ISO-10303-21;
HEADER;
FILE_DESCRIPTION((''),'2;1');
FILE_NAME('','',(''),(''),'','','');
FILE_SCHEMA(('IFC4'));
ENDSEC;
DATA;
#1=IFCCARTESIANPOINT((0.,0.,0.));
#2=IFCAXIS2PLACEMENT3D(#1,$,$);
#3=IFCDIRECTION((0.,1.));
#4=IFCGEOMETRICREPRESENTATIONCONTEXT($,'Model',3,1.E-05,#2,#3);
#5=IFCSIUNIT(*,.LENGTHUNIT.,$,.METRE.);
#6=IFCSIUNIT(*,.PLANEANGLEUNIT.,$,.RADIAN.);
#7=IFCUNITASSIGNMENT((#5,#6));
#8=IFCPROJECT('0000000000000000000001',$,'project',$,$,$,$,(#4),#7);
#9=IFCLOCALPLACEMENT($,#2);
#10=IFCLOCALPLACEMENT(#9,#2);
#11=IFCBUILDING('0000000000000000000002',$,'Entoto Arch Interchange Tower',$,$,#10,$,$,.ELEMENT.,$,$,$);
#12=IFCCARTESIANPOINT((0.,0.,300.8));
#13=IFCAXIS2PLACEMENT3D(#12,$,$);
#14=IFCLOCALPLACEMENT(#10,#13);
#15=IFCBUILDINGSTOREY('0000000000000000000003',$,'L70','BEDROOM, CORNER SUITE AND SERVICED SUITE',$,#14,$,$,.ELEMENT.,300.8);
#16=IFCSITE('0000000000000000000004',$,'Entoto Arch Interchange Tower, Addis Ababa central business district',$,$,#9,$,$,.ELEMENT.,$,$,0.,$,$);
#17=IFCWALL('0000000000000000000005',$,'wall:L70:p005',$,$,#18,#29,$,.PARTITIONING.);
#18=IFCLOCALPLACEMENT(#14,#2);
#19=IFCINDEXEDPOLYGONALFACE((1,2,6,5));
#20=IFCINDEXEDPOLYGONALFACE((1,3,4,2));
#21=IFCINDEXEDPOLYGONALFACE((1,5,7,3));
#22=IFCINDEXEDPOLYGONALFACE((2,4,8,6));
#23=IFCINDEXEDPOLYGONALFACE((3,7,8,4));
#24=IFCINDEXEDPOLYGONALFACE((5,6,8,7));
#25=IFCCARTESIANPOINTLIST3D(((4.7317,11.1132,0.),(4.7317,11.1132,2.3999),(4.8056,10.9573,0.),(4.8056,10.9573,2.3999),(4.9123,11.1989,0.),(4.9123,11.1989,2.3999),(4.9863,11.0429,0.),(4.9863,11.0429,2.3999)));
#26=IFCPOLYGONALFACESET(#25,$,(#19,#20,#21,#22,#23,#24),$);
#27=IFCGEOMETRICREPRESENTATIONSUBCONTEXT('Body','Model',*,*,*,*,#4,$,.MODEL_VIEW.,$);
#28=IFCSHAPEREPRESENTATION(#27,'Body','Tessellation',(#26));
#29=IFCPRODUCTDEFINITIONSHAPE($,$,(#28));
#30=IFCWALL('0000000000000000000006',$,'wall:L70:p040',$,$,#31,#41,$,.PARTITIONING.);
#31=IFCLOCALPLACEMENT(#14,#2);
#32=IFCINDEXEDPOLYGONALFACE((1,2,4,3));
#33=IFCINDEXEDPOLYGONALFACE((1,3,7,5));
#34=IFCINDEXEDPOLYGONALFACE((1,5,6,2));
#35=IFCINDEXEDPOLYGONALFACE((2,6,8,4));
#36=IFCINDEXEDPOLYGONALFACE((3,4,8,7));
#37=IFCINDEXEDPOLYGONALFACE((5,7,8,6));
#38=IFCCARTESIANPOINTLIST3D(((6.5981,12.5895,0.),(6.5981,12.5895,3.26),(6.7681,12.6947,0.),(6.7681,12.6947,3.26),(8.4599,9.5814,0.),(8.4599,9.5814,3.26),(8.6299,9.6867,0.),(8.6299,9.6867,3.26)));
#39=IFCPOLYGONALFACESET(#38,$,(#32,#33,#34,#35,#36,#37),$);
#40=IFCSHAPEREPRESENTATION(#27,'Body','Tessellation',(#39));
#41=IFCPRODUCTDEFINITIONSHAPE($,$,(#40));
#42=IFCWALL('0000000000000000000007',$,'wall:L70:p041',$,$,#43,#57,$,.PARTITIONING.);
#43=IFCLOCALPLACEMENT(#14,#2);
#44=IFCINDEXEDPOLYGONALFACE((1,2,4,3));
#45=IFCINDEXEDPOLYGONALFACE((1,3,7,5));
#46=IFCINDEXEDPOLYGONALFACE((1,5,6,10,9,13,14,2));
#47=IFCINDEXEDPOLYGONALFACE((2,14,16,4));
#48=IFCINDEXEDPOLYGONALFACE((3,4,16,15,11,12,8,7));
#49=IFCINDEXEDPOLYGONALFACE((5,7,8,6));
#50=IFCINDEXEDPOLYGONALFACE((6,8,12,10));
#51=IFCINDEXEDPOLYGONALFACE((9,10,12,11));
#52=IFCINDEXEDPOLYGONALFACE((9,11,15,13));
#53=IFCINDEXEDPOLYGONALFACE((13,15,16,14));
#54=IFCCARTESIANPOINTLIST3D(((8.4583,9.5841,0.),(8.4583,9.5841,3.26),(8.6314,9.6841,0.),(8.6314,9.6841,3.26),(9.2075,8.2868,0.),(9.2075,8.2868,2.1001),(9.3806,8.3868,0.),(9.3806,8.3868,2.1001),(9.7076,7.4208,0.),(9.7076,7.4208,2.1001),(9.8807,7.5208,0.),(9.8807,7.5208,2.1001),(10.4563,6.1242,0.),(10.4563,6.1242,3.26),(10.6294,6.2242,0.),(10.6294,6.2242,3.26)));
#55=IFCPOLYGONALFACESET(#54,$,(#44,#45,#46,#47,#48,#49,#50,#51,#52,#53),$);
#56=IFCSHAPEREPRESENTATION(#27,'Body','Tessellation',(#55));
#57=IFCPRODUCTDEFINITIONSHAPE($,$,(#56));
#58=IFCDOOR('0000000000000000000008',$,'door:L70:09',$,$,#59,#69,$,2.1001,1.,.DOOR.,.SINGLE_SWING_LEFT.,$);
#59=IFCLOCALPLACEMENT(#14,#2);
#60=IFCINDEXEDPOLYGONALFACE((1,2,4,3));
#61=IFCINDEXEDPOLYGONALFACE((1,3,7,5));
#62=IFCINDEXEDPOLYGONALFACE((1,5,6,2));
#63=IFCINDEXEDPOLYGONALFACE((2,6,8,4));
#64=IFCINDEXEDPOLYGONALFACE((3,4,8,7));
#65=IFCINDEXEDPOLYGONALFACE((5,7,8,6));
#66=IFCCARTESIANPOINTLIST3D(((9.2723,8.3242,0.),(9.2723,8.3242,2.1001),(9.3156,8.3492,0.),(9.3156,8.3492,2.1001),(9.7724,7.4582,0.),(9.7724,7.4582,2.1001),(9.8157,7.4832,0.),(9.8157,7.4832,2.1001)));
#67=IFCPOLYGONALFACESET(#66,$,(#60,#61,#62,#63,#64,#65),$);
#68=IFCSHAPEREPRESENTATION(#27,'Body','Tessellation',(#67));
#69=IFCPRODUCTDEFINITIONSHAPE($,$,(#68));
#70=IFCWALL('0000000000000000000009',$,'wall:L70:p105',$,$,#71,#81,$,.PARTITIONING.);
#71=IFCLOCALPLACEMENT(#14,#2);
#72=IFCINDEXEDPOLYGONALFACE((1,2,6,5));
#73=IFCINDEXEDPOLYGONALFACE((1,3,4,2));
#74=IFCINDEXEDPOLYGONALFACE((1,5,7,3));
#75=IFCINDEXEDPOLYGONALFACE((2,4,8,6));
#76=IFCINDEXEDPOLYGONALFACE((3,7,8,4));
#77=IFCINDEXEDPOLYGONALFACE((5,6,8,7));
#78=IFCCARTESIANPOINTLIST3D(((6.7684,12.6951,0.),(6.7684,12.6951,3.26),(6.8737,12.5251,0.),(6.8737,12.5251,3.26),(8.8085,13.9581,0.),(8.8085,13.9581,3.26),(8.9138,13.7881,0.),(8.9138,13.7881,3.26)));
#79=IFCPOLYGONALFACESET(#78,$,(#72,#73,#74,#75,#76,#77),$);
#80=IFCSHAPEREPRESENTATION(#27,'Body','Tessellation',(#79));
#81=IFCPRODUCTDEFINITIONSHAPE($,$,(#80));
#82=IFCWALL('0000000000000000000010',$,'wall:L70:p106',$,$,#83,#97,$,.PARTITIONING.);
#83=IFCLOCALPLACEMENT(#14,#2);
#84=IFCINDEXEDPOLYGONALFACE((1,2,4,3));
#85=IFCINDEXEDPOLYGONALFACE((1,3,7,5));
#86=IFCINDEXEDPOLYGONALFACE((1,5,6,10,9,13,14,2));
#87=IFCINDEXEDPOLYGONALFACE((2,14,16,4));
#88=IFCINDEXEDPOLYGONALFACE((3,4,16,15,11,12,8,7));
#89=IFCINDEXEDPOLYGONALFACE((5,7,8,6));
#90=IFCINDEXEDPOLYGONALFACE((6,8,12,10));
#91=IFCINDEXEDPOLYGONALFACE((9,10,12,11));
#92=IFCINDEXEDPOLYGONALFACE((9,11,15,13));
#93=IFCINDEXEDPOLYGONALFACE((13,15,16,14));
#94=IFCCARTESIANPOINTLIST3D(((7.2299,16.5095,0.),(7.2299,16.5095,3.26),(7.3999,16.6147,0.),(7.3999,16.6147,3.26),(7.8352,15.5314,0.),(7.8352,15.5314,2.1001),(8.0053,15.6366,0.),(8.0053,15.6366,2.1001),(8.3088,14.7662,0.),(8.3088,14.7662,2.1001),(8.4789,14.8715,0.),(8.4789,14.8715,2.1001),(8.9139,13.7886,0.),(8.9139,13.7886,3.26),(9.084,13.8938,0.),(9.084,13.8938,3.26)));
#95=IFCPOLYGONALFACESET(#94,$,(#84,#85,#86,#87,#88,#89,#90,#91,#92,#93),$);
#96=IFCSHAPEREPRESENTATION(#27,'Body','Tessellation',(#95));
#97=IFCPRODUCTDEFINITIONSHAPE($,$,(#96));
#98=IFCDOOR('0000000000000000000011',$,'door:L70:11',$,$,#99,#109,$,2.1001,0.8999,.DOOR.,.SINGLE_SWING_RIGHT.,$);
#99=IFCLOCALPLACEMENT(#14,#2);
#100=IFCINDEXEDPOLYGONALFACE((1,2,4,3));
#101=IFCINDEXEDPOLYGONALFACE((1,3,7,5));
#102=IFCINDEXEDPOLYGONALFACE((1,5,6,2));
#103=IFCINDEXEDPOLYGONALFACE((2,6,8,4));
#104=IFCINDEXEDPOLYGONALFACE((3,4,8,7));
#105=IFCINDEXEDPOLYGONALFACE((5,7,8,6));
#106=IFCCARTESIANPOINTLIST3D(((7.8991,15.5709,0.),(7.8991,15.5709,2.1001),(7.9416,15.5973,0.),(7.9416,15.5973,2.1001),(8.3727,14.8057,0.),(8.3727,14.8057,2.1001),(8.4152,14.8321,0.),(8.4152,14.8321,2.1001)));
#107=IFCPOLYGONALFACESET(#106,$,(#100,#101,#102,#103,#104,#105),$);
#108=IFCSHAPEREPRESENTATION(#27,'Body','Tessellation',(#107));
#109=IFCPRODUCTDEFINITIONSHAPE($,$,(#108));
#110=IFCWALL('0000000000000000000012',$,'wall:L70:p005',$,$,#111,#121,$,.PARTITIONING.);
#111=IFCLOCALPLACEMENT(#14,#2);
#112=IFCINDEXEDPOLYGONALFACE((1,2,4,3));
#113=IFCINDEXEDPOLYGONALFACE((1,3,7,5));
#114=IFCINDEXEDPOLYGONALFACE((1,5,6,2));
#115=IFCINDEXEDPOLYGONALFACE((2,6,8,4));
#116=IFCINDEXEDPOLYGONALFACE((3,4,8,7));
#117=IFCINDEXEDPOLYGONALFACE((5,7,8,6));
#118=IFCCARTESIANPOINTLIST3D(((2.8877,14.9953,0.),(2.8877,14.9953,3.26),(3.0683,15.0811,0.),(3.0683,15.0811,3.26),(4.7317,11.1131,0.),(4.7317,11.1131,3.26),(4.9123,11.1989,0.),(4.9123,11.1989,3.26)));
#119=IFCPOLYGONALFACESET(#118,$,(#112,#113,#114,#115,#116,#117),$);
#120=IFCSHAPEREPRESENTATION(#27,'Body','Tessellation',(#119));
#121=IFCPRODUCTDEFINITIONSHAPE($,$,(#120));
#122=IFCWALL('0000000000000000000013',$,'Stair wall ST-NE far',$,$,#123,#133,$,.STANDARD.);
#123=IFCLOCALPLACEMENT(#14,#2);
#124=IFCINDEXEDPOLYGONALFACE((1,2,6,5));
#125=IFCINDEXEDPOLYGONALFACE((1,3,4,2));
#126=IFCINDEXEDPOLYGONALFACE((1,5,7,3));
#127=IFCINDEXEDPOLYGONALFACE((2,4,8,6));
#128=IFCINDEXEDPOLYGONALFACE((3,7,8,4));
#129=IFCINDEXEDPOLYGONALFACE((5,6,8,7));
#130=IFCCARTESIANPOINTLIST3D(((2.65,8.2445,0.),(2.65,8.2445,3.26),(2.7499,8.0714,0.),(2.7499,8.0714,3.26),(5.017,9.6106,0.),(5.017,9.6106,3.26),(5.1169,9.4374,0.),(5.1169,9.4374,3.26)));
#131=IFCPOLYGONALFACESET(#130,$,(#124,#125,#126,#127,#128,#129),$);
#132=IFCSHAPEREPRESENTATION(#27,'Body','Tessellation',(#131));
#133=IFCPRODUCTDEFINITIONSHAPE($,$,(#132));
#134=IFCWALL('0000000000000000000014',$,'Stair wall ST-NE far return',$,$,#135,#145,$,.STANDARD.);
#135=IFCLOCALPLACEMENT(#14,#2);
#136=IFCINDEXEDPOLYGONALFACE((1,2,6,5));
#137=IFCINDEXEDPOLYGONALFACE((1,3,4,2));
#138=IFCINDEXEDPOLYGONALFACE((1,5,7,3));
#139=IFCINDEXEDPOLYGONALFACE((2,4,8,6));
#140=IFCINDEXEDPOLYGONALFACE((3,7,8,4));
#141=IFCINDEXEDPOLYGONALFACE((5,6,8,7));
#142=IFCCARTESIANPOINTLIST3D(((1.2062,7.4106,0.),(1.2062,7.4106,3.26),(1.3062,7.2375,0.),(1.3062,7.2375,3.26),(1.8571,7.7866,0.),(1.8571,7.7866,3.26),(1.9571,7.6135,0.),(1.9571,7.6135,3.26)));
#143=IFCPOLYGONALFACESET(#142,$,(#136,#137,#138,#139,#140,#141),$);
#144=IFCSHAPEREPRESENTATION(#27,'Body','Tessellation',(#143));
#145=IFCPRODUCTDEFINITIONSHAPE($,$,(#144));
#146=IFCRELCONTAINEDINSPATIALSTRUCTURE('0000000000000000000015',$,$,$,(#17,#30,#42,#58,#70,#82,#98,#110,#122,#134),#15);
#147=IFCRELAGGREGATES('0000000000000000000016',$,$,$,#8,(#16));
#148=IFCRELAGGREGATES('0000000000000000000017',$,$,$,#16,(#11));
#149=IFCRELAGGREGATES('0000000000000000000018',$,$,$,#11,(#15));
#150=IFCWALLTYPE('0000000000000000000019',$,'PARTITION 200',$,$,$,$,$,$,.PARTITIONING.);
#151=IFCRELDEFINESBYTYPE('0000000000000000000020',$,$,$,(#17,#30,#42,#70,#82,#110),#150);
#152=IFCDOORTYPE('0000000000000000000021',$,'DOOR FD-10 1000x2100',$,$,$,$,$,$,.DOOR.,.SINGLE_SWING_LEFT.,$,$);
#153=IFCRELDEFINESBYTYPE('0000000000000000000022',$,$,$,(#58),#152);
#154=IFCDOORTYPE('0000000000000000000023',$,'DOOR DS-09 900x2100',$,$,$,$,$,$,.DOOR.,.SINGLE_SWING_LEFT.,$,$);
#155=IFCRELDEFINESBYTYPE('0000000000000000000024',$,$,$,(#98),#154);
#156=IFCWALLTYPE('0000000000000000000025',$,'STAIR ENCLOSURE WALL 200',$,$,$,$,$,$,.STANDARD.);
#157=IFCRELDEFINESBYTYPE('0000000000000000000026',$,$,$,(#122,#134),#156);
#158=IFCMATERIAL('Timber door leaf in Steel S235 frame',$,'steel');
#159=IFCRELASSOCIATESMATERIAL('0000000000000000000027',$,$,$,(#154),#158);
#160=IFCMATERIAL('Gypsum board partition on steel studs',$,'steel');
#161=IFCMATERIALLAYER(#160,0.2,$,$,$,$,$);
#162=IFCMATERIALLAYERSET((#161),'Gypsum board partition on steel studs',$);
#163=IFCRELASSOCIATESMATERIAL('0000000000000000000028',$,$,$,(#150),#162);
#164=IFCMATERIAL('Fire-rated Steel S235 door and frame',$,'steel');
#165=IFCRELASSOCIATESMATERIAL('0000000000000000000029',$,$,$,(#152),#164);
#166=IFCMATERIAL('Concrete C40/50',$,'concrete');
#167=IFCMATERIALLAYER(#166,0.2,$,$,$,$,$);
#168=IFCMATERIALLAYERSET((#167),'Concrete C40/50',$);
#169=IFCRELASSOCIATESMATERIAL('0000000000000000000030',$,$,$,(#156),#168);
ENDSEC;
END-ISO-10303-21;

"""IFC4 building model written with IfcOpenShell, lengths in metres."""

from ifc_helpers import new_model, si_unit, direction, frame, frame_2d, origin, place, context, subcontext, project, spatial, rectangle, extrude, material, layer, layer_set, type_object, element, fill, save


model = new_model("IFC4")

# Units and contexts
model_context = context("Model", 3, precision=1e-05, world=origin(), true_north=direction((0.0, 1.0)))
body_context = subcontext(model_context, "Body", "Model", "MODEL_VIEW")
ifc_project = project(units=[si_unit("LENGTHUNIT", "METRE"), si_unit("PLANEANGLEUNIT", "RADIAN")], contexts=[model_context])

# Site, building, storey
site_placement = place(None, origin())
site = spatial("IfcSite", under=ifc_project, at=site_placement, Name="Entoto Arch Interchange Tower, Addis Ababa central business district", CompositionType="ELEMENT", RefElevation=0.0)
building_placement = place(site_placement, origin())
building = spatial("IfcBuilding", under=site, at=building_placement, Name="Entoto Arch Interchange Tower", CompositionType="ELEMENT")
storey_placement = place(building_placement, frame((0.0, 0.0, 300.8)))
storey = spatial("IfcBuildingStorey", under=building, at=storey_placement, Name="L70", Description="BEDROOM, CORNER SUITE AND SERVICED SUITE", CompositionType="ELEMENT", Elevation=300.8)

# Shared definitions
ifc_material_1 = material(Name="Concrete C40/50", Category="concrete")

# Shared definitions
ifc_material_2 = material(Name="Fire-rated Steel S235 door and frame", Category="steel")

# Shared definitions
ifc_material_3 = material(Name="Gypsum board partition on steel studs", Category="steel")
ifc_material_4 = material(Name="Timber door leaf in Steel S235 frame", Category="steel")
door_type_1 = type_object("IfcDoorType", Name="DOOR DS-09 900x2100", OperationType="SINGLE_SWING_LEFT", PredefinedType="DOOR", material=ifc_material_4)

# Walls
ifc_layer_1 = layer(ifc_material_3, 0.2)
ifc_layer_set_1 = layer_set([ifc_layer_1], Name="Gypsum board partition on steel studs")
wall_type_1 = type_object("IfcWallType", Name="PARTITION 200", PredefinedType="PARTITIONING", material=ifc_layer_set_1)
wall_1_placement = place(storey_placement, frame((4.896, 11.0, 0.0), z_axis=(0.0, 0.0, 1.0), x_axis=(-0.428451, 0.903565, 0.0)))
element("IfcWall", 1, at=wall_1_placement, inside=storey, type_object=wall_type_1, Name="wall:L70:p005", PredefinedType="PARTITIONING", context=body_context, shape_type="SweptSolid", body=[
    extrude(rectangle(XDim=0.1726, YDim=0.2, at=frame_2d((0.0864, 0.0))), origin(), (0.0, 0.0, 1.0), 2.3999),
])
wall_2_placement = place(storey_placement, frame((6.6831, 12.6421, 0.0), z_axis=(0.0, 0.0, 1.0), x_axis=(0.52629, -0.850305, 0.0)))
element("IfcWall", 2, at=wall_2_placement, inside=storey, type_object=wall_type_1, Name="wall:L70:p040", PredefinedType="PARTITIONING", context=body_context, shape_type="SweptSolid", body=[
    extrude(rectangle(XDim=3.5376, YDim=0.2, at=frame_2d((1.7688, 0.0))), origin(), (0.0, 0.0, 1.0), 3.26),
])

# Wall, opening, door
wall_3_placement = place(storey_placement, frame((8.5449, 9.634, 0.0), z_axis=(0.0, 0.0, 1.0), x_axis=(0.500082, -0.865978, 0.0)))
wall_3 = element("IfcWall", 3, at=wall_3_placement, inside=storey, type_object=wall_type_1, Name="wall:L70:p041", PredefinedType="PARTITIONING", context=body_context, shape_type="SweptSolid", body=[
    extrude(rectangle(XDim=3.9954, YDim=0.2, at=frame_2d((1.9976, 0.0))), origin(), (0.0, 0.0, 1.0), 3.26),
])
opening_1_placement = place(wall_3_placement, frame((1.498, 0.0, 0.0)))
opening_1 = element("IfcOpeningElement", 4, at=opening_1_placement, cuts=wall_3, PredefinedType="OPENING", context=body_context, shape_type="SweptSolid", body=[
    extrude(rectangle(XDim=1.0, YDim=2.1001, at=frame_2d((0.5, 1.05))), frame((0.0, 0.1099, 0.0), z_axis=(0.0, -1.0, 0.0), x_axis=(1.0, 0.0, 0.0)), (0.0, 0.0, 1.0), 0.22),
])
door_type_2 = type_object("IfcDoorType", Name="DOOR FD-10 1000x2100", OperationType="SINGLE_SWING_LEFT", PredefinedType="DOOR", material=ifc_material_2)
door_1_placement = place(opening_1_placement, origin())
door_1 = element("IfcDoor", 5, at=door_1_placement, inside=storey, type_object=door_type_2, Name="door:L70:09", OperationType="SINGLE_SWING_LEFT", OverallHeight=2.1001, OverallWidth=1.0, PredefinedType="DOOR", context=body_context, shape_type="SweptSolid", body=[
    extrude(rectangle(XDim=1.0, YDim=2.1001, at=frame_2d((0.5, 1.05))), frame((0.0, 0.0249, 0.0), z_axis=(0.0, -1.0, 0.0), x_axis=(1.0, 0.0, 0.0)), (0.0, 0.0, 1.0), 0.05),
])
fill(opening_1, door_1)

# Wall
wall_4_placement = place(storey_placement, frame((6.821, 12.6101, 0.0), z_axis=(0.0, 0.0, 1.0), x_axis=(0.850254, 0.526372, 0.0)))
element("IfcWall", 6, at=wall_4_placement, inside=storey, type_object=wall_type_1, Name="wall:L70:p105", PredefinedType="PARTITIONING", context=body_context, shape_type="SweptSolid", body=[
    extrude(rectangle(XDim=2.3994, YDim=0.2, at=frame_2d((1.1997, 0.0))), origin(), (0.0, 0.0, 1.0), 3.26),
])

# Wall, opening, door
wall_5_placement = place(storey_placement, frame((8.999, 13.8411, 0.0), z_axis=(0.0, 0.0, 1.0), x_axis=(-0.526284, 0.850309, 0.0)))
wall_5 = element("IfcWall", 7, at=wall_5_placement, inside=storey, type_object=wall_type_1, Name="wall:L70:p106", PredefinedType="PARTITIONING", context=body_context, shape_type="SweptSolid", body=[
    extrude(rectangle(XDim=3.2, YDim=0.2, at=frame_2d((1.6001, 0.0))), origin(), (0.0, 0.0, 1.0), 3.26),
])
opening_2_placement = place(wall_5_placement, frame((1.1499, 0.0, 0.0)))
opening_2 = element("IfcOpeningElement", 8, at=opening_2_placement, cuts=wall_5, PredefinedType="OPENING", context=body_context, shape_type="SweptSolid", body=[
    extrude(rectangle(XDim=0.8999, YDim=2.1001, at=frame_2d((0.45, 1.05))), frame((0.0, 0.1099, 0.0), z_axis=(0.0, -1.0, 0.0), x_axis=(1.0, 0.0, 0.0)), (0.0, 0.0, 1.0), 0.22),
])
door_2_placement = place(opening_2_placement, origin())
door_2 = element("IfcDoor", 9, at=door_2_placement, inside=storey, type_object=door_type_1, Name="door:L70:11", OperationType="SINGLE_SWING_RIGHT", OverallHeight=2.1001, OverallWidth=0.8999, PredefinedType="DOOR", context=body_context, shape_type="SweptSolid", body=[
    extrude(rectangle(XDim=0.8999, YDim=2.1001, at=frame_2d((0.45, 1.05))), frame((0.0, 0.0249, 0.0), z_axis=(0.0, -1.0, 0.0), x_axis=(1.0, 0.0, 0.0)), (0.0, 0.0, 1.0), 0.05),
])
fill(opening_2, door_2)

# Walls
wall_6_placement = place(storey_placement, frame((4.822, 11.156, 0.0), z_axis=(0.0, 0.0, 1.0), x_axis=(-0.429058, 0.903277, 0.0)))
element("IfcWall", 10, at=wall_6_placement, inside=storey, type_object=wall_type_1, Name="wall:L70:p005", PredefinedType="PARTITIONING", context=body_context, shape_type="SweptSolid", body=[
    extrude(rectangle(XDim=4.2979, YDim=0.2, at=frame_2d((2.1489, 0.0))), origin(), (0.0, 0.0, 1.0), 3.26),
])
ifc_layer_2 = layer(ifc_material_1, 0.2)
ifc_layer_set_2 = layer_set([ifc_layer_2], Name="Concrete C40/50")
wall_type_2 = type_object("IfcWallType", Name="STAIR ENCLOSURE WALL 200", PredefinedType="STANDARD", material=ifc_layer_set_2)
wall_7_placement = place(storey_placement, frame((2.7, 8.158, 0.0), z_axis=(0.0, 0.0, 1.0), x_axis=(0.866119, 0.499838, 0.0)))
element("IfcWall", 11, at=wall_7_placement, inside=storey, type_object=wall_type_2, Name="Stair wall ST-NE far", PredefinedType="STANDARD", context=body_context, shape_type="SweptSolid", body=[
    extrude(rectangle(XDim=2.7329, YDim=0.2, at=frame_2d((1.3665, 0.0))), origin(), (0.0, 0.0, 1.0), 3.26),
])
wall_8_placement = place(storey_placement, frame((1.2561, 7.324, 0.0), z_axis=(0.0, 0.0, 1.0), x_axis=(0.865915, 0.500191, 0.0)))
element("IfcWall", 12, at=wall_8_placement, inside=storey, type_object=wall_type_2, Name="Stair wall ST-NE far return", PredefinedType="STANDARD", context=body_context, shape_type="SweptSolid", body=[
    extrude(rectangle(XDim=0.7517, YDim=0.2, at=frame_2d((0.376, 0.0))), origin(), (0.0, 0.0, 1.0), 3.26),
])

save(model, "model.ifc")
